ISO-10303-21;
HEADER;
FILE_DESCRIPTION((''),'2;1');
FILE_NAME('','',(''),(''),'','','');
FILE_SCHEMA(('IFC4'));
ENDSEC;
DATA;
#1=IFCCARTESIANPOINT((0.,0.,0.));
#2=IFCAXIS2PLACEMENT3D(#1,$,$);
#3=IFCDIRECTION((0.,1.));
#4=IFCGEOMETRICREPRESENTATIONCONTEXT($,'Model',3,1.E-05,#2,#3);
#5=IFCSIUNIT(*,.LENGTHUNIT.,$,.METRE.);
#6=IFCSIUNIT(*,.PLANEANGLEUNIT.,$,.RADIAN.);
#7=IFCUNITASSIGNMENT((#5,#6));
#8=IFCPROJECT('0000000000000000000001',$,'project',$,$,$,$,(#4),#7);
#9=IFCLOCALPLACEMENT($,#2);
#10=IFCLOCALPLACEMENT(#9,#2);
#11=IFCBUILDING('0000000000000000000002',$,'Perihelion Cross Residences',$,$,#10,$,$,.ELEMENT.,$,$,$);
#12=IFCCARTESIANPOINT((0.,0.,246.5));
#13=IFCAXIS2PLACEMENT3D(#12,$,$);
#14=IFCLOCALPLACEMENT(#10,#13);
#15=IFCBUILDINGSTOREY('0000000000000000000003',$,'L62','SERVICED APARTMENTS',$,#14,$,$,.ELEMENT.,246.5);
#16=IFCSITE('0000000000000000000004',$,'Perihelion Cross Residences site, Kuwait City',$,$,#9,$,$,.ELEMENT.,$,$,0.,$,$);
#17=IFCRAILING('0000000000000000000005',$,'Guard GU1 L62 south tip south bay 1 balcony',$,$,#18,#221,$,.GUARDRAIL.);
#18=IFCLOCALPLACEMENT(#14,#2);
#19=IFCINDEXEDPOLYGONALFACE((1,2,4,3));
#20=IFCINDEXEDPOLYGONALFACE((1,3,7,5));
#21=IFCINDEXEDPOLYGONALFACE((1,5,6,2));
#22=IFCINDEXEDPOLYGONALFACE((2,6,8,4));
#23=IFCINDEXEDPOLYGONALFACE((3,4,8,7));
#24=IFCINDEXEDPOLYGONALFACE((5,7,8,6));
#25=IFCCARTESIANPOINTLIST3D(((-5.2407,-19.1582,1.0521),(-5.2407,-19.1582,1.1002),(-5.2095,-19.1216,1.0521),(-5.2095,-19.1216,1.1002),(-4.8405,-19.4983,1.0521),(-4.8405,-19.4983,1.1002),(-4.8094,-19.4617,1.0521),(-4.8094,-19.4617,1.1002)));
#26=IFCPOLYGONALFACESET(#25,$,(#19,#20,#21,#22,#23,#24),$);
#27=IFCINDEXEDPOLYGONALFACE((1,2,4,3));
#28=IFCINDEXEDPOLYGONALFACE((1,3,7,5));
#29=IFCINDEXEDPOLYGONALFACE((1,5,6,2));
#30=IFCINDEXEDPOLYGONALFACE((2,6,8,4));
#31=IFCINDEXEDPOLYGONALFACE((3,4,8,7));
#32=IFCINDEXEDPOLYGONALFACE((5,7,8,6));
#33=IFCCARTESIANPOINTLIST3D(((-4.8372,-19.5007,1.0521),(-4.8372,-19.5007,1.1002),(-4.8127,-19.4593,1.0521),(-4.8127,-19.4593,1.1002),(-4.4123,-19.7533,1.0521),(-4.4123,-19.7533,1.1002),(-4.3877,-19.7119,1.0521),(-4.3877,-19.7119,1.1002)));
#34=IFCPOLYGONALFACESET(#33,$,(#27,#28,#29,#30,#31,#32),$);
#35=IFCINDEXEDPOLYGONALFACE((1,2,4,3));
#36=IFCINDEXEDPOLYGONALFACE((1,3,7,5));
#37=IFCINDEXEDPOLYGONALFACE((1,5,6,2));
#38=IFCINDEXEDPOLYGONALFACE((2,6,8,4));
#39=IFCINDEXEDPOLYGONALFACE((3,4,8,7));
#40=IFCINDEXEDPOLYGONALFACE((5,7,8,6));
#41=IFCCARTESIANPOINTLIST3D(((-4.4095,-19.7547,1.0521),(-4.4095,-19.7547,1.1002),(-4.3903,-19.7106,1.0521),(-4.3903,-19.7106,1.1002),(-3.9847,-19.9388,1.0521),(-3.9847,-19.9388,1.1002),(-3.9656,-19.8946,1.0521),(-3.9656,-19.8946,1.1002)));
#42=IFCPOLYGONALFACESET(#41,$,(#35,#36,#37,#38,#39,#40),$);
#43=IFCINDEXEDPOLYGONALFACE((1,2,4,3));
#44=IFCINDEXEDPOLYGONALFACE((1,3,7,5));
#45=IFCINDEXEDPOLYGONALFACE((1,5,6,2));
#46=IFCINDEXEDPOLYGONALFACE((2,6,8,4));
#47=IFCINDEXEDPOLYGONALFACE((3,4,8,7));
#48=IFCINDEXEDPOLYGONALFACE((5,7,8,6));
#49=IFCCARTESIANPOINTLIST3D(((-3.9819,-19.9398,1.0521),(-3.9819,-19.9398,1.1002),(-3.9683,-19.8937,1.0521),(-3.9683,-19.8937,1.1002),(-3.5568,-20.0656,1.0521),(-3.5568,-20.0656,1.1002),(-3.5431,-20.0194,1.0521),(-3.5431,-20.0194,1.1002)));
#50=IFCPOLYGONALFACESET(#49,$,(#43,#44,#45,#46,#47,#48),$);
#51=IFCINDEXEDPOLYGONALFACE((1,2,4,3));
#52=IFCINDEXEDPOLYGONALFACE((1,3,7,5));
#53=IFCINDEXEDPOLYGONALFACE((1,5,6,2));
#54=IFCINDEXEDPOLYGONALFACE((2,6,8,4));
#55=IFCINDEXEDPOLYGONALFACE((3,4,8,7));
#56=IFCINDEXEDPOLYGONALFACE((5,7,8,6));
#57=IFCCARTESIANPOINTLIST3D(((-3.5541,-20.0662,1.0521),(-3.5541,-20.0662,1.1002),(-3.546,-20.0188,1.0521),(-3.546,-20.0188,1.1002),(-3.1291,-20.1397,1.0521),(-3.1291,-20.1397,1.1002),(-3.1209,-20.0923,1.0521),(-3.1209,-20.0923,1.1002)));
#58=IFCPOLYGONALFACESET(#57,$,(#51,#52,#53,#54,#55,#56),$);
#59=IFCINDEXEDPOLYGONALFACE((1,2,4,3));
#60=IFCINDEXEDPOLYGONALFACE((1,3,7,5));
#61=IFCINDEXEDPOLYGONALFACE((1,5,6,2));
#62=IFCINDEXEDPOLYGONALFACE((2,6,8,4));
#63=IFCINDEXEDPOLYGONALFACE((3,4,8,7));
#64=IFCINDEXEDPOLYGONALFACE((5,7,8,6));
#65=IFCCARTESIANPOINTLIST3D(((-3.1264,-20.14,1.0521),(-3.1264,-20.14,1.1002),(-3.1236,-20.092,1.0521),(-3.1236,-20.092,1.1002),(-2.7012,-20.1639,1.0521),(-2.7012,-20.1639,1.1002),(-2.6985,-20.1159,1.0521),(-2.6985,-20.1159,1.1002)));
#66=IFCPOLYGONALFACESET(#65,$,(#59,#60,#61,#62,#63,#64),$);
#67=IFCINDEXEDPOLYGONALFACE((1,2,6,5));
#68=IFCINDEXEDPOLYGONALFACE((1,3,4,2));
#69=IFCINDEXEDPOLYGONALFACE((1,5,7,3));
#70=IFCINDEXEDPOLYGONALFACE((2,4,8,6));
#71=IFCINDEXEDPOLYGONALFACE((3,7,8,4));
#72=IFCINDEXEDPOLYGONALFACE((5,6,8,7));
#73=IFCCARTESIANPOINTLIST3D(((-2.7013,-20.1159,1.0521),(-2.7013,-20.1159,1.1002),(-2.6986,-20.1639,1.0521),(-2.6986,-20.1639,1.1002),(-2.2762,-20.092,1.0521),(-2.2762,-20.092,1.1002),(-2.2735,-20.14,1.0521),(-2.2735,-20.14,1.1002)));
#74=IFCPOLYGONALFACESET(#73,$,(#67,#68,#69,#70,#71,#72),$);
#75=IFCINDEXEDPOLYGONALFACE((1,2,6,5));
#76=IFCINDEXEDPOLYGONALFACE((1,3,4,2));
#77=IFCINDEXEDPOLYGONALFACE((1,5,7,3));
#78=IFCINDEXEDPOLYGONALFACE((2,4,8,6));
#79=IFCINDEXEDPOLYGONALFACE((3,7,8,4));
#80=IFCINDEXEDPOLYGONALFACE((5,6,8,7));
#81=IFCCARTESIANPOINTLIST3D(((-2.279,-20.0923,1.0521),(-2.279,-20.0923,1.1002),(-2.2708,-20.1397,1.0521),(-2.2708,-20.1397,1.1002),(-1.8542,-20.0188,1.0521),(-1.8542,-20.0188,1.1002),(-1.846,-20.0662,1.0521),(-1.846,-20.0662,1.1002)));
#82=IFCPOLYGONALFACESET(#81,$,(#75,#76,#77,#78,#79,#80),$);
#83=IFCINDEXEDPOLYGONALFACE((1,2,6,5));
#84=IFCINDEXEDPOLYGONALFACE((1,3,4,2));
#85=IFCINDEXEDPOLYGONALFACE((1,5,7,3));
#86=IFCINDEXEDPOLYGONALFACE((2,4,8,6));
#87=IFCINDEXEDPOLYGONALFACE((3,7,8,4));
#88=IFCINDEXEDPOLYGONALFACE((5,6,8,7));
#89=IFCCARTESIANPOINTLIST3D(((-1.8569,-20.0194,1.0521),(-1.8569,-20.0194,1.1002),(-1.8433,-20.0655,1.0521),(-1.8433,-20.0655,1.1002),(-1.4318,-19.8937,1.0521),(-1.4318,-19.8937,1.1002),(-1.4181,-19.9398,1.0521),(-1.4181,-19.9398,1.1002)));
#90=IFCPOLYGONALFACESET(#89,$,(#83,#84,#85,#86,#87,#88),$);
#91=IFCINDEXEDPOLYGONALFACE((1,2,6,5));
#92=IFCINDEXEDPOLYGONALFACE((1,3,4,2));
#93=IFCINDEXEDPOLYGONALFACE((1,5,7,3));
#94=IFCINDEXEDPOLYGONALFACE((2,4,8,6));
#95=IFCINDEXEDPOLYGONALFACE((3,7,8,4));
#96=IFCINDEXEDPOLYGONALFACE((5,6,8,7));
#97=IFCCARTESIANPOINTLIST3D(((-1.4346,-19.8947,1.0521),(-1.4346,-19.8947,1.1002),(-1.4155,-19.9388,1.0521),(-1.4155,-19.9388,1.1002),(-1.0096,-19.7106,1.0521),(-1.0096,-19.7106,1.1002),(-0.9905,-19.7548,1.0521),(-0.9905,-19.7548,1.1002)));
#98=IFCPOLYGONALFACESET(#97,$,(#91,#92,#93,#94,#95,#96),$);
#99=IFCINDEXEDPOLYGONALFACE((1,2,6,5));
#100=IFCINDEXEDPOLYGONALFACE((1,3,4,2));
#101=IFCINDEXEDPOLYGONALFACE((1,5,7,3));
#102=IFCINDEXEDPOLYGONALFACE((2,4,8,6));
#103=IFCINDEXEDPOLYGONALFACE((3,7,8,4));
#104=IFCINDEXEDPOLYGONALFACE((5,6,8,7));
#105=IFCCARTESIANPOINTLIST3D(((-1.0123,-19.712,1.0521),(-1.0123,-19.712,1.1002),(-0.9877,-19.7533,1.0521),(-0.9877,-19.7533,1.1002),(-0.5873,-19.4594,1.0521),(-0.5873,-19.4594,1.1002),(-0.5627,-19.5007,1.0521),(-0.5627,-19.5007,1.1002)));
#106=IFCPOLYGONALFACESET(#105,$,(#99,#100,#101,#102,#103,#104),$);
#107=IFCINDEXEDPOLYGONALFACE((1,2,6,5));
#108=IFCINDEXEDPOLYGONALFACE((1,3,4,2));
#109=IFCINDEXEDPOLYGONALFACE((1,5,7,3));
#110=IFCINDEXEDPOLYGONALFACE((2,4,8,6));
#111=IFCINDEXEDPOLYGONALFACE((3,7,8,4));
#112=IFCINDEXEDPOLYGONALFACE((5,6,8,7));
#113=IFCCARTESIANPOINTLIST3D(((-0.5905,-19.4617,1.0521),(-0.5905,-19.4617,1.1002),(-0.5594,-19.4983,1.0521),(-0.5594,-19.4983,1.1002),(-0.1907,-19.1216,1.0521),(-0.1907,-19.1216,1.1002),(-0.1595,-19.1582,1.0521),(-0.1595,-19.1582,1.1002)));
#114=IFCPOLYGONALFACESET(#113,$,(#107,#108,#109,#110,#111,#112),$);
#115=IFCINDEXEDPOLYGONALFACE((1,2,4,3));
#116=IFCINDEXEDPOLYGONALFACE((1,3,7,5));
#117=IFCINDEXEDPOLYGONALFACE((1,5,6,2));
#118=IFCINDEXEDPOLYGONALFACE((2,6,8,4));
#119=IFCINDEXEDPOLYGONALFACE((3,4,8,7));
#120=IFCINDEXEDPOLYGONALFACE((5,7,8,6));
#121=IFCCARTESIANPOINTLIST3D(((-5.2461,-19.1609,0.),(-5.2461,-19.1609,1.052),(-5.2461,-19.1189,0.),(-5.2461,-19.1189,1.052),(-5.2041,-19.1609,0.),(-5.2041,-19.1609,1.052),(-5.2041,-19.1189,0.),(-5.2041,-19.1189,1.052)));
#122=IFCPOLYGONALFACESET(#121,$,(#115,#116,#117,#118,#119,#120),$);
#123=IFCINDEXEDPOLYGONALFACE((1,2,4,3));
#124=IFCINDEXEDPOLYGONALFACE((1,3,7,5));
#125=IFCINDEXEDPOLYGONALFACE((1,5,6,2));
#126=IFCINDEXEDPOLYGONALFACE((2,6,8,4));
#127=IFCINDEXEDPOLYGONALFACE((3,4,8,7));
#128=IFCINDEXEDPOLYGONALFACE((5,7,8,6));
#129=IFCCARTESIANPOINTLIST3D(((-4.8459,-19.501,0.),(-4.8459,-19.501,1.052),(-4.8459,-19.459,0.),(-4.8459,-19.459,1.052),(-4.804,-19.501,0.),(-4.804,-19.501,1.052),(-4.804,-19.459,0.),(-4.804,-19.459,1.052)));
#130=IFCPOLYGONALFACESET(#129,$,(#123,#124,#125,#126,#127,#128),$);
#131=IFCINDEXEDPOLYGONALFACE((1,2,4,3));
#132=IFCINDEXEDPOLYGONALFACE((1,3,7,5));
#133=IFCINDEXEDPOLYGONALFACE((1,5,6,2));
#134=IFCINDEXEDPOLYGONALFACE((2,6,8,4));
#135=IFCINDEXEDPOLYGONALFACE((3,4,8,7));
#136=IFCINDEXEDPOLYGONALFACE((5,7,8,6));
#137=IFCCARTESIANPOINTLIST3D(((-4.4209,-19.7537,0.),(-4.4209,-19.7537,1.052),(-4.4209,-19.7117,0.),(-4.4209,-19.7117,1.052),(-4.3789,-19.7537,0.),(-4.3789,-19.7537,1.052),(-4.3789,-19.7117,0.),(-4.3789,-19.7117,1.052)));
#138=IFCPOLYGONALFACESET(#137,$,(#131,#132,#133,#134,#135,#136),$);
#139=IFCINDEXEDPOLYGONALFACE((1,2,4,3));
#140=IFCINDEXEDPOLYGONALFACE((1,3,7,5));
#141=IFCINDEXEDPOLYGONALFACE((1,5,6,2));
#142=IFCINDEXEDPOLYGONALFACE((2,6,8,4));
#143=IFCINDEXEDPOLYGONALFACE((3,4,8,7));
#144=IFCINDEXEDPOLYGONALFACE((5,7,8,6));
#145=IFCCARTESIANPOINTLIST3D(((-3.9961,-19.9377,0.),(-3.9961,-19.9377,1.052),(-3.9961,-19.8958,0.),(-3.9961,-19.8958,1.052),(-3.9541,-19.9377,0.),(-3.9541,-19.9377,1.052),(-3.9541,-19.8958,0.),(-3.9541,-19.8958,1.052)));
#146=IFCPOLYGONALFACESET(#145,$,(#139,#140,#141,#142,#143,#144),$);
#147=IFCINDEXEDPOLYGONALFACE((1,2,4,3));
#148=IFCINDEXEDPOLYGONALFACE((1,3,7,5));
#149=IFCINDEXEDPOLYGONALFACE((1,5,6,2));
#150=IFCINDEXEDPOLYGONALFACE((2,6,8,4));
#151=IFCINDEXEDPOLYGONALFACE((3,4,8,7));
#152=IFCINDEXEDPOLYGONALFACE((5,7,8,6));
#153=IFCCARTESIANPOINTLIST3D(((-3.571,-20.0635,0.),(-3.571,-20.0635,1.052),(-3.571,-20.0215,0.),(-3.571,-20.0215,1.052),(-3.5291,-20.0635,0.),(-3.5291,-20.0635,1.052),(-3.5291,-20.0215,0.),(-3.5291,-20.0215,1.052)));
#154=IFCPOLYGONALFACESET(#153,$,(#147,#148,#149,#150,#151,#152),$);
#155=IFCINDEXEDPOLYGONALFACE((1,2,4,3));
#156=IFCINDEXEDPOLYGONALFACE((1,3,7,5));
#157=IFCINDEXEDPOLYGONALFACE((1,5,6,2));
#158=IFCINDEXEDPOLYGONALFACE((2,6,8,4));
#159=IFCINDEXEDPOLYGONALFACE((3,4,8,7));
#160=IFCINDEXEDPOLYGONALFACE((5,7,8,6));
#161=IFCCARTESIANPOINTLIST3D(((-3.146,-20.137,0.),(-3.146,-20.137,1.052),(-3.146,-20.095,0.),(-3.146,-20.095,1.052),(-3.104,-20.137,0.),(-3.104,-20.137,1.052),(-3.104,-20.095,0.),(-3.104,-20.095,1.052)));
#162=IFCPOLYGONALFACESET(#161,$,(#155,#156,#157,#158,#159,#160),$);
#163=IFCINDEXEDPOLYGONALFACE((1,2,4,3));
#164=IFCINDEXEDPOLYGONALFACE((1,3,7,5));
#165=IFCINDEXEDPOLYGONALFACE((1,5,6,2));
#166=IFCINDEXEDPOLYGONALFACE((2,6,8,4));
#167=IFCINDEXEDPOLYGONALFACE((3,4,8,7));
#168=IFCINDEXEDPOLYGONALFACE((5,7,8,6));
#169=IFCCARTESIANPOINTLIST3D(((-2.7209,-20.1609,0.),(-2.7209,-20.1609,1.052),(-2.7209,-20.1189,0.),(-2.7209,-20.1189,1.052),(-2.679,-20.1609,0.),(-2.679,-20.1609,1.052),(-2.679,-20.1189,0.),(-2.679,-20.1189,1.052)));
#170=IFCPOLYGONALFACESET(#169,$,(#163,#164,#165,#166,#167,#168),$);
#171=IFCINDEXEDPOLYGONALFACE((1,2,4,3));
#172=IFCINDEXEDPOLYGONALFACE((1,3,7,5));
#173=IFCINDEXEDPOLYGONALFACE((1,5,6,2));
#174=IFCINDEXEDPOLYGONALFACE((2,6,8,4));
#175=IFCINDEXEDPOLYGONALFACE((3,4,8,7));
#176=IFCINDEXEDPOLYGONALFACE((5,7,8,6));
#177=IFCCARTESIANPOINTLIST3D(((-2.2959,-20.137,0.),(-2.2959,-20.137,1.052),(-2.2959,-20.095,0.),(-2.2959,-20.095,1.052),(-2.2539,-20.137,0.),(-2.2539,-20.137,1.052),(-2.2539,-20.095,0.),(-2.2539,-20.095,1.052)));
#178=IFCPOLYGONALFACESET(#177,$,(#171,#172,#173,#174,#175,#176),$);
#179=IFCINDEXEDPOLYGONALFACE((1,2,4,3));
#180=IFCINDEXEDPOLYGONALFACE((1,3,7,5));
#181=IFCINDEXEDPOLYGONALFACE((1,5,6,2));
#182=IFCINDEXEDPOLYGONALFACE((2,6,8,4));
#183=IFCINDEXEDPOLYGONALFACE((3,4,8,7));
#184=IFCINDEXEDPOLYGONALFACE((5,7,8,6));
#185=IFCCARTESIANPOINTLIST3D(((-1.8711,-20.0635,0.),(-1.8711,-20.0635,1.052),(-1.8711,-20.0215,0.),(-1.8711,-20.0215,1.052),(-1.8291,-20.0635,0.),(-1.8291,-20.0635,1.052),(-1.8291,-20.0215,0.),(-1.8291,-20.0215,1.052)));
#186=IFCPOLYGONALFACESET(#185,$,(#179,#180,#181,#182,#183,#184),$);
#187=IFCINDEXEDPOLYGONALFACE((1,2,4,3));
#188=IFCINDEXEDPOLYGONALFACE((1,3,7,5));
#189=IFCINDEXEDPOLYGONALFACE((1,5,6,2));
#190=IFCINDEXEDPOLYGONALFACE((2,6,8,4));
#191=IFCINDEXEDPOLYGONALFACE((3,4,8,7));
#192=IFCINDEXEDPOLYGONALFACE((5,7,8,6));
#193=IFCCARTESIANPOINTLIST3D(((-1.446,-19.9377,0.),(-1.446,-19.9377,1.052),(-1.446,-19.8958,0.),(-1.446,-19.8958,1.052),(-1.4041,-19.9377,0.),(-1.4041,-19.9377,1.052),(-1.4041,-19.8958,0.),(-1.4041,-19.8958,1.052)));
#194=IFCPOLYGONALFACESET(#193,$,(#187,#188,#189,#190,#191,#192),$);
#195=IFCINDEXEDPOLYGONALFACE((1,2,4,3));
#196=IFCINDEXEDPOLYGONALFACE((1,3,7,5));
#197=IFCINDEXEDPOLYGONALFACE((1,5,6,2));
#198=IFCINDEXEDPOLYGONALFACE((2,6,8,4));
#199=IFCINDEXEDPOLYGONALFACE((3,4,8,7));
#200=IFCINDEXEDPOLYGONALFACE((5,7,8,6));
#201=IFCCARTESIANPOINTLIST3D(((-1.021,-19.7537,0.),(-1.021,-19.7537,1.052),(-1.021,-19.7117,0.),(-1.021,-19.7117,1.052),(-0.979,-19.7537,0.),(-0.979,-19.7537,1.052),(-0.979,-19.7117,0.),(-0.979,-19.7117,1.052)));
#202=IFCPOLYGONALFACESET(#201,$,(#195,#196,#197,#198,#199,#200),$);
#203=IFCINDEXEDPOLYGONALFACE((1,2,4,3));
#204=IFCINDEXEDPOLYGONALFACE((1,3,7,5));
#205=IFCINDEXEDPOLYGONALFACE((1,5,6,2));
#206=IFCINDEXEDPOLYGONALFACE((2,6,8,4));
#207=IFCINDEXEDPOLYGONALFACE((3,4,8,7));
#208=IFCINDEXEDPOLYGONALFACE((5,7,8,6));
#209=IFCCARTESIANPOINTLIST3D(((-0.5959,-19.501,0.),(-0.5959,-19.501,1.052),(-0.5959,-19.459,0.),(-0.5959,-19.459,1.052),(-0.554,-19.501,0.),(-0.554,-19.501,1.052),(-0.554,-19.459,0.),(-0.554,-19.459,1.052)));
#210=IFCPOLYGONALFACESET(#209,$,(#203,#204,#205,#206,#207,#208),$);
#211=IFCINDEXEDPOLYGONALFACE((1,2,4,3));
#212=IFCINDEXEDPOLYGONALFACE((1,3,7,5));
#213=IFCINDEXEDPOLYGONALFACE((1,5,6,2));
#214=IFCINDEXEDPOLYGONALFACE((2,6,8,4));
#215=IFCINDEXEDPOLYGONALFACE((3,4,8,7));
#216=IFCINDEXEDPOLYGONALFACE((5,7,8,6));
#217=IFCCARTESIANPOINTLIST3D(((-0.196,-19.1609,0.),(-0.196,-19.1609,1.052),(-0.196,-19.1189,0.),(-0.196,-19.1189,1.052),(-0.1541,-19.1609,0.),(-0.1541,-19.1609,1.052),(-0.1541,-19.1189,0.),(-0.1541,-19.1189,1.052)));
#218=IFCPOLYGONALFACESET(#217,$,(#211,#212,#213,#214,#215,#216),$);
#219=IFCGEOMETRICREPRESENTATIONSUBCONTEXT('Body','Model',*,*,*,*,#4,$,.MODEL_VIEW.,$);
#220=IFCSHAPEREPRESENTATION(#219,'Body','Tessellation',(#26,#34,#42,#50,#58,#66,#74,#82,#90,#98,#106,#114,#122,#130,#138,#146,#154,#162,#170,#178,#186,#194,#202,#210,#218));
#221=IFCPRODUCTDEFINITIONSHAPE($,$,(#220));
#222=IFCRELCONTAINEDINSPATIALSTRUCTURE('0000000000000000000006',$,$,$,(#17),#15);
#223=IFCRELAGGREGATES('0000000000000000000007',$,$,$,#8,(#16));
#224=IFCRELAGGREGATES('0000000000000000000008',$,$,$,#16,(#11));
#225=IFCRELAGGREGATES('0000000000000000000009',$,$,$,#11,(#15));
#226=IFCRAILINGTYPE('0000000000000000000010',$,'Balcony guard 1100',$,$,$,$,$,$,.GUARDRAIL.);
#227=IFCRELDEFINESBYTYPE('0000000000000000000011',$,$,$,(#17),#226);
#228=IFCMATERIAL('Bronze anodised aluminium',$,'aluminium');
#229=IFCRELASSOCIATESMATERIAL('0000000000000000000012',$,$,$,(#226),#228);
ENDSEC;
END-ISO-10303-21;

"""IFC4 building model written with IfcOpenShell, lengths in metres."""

from ifc_helpers import new_model, si_unit, direction, frame, origin, origin_2d, place, context, subcontext, project, spatial, rectangle, extrude, material, type_object, element, save


model = new_model("IFC4")

# Units and contexts
model_context = context("Model", 3, precision=1e-05, world=origin(), true_north=direction((0.0, 1.0)))
body_context = subcontext(model_context, "Body", "Model", "MODEL_VIEW")
ifc_project = project(units=[si_unit("LENGTHUNIT", "METRE"), si_unit("PLANEANGLEUNIT", "RADIAN")], contexts=[model_context])

# Site, building, storey
site_placement = place(None, origin())
site = spatial("IfcSite", under=ifc_project, at=site_placement, Name="Perihelion Cross Residences site, Kuwait City", CompositionType="ELEMENT", RefElevation=0.0)
building_placement = place(site_placement, origin())
building = spatial("IfcBuilding", under=site, at=building_placement, Name="Perihelion Cross Residences", CompositionType="ELEMENT")
storey_placement = place(building_placement, frame((0.0, 0.0, 246.5)))
storey = spatial("IfcBuildingStorey", under=building, at=storey_placement, Name="L62", Description="SERVICED APARTMENTS", CompositionType="ELEMENT", Elevation=246.5)

# Railing
ifc_material_1 = material(Name="Bronze anodised aluminium", Category="aluminium")
railing_type = type_object("IfcRailingType", Name="Balcony guard 1100", PredefinedType="GUARDRAIL", material=ifc_material_1)
railing_1_placement = place(storey_placement, frame((-5.2251, -19.1399, 0.0)))
element("IfcRailing", 1, at=railing_1_placement, inside=storey, type_object=railing_type, Name="Guard GU1 L62 south tip south bay 1 balcony", PredefinedType="GUARDRAIL", context=body_context, shape_type="SweptSolid", body=[
    extrude(rectangle(XDim=0.0481, YDim=0.0481, at=origin_2d()), frame((0.0, 0.0, 1.0762), z_axis=(0.761974, -0.647608, 0.0), x_axis=(0.647608, 0.761974, 0.0)), (0.0, 0.0, 1.0), 0.5251),
    extrude(rectangle(XDim=0.0481, YDim=0.0481, at=origin_2d()), frame((0.4001, -0.3401, 1.0762), z_axis=(0.859577, -0.511006, 0.0), x_axis=(0.511006, 0.859577, 0.0)), (0.0, 0.0, 1.0), 0.4944),
    extrude(rectangle(XDim=0.0481, YDim=0.0481, at=origin_2d()), frame((0.8252, -0.5928, 1.0762), z_axis=(0.917556, -0.397607, 0.0), x_axis=(0.397607, 0.917556, 0.0)), (0.0, 0.0, 1.0), 0.4629),
    extrude(rectangle(XDim=0.0481, YDim=0.0481, at=origin_2d()), frame((1.25, -0.7769, 1.0762), z_axis=(0.958926, -0.283657, 0.0), x_axis=(0.283657, 0.958926, 0.0)), (0.0, 0.0, 1.0), 0.4434),
    extrude(rectangle(XDim=0.0481, YDim=0.0481, at=origin_2d()), frame((1.675, -0.9026, 1.0762), z_axis=(0.985382, -0.170362, 0.0), x_axis=(0.170362, 0.985382, 0.0)), (0.0, 0.0, 1.0), 0.4314),
    extrude(rectangle(XDim=0.0481, YDim=0.0481, at=origin_2d()), frame((2.1001, -0.9761, 1.0762), z_axis=(0.99842, -0.056201, 0.0), x_axis=(0.056201, 0.99842, 0.0)), (0.0, 0.0, 1.0), 0.4258),
    extrude(rectangle(XDim=0.0481, YDim=0.0481, at=origin_2d()), frame((2.5251, -1.0, 1.0762), z_axis=(0.99842, 0.056201, 0.0), x_axis=(-0.056201, 0.99842, 0.0)), (0.0, 0.0, 1.0), 0.4258),
    extrude(rectangle(XDim=0.0481, YDim=0.0481, at=origin_2d()), frame((2.9502, -0.9761, 1.0762), z_axis=(0.985365, 0.170457, 0.0), x_axis=(-0.170457, 0.985365, 0.0)), (0.0, 0.0, 1.0), 0.4312),
    extrude(rectangle(XDim=0.0481, YDim=0.0481, at=origin_2d()), frame((3.375, -0.9026, 1.0762), z_axis=(0.958926, 0.283657, 0.0), x_axis=(-0.283657, 0.958926, 0.0)), (0.0, 0.0, 1.0), 0.4434),
    extrude(rectangle(XDim=0.0481, YDim=0.0481, at=origin_2d()), frame((3.8, -0.7769, 1.0762), z_axis=(0.917639, 0.397415, 0.0), x_axis=(-0.397415, 0.917639, 0.0)), (0.0, 0.0, 1.0), 0.4631),
    extrude(rectangle(XDim=0.0481, YDim=0.0481, at=origin_2d()), frame((4.2251, -0.5928, 1.0762), z_axis=(0.859577, 0.511006, 0.0), x_axis=(-0.511006, 0.859577, 0.0)), (0.0, 0.0, 1.0), 0.4944),
    extrude(rectangle(XDim=0.0481, YDim=0.0481, at=origin_2d()), frame((4.6501, -0.3401, 1.0762), z_axis=(0.761779, 0.647837, 0.0), x_axis=(-0.647837, 0.761779, 0.0)), (0.0, 0.0, 1.0), 0.5249),
    extrude(rectangle(XDim=0.042, YDim=0.042, at=origin_2d()), origin(), (0.0, 0.0, 1.0), 1.052),
    extrude(rectangle(XDim=0.042, YDim=0.042, at=origin_2d()), frame((0.4001, -0.3401, 0.0)), (0.0, 0.0, 1.0), 1.052),
    extrude(rectangle(XDim=0.042, YDim=0.042, at=origin_2d()), frame((0.8252, -0.5928, 0.0)), (0.0, 0.0, 1.0), 1.052),
    extrude(rectangle(XDim=0.042, YDim=0.042, at=origin_2d()), frame((1.25, -0.7769, 0.0)), (0.0, 0.0, 1.0), 1.052),
    extrude(rectangle(XDim=0.042, YDim=0.042, at=origin_2d()), frame((1.675, -0.9026, 0.0)), (0.0, 0.0, 1.0), 1.052),
    extrude(rectangle(XDim=0.042, YDim=0.042, at=origin_2d()), frame((2.1001, -0.9761, 0.0)), (0.0, 0.0, 1.0), 1.052),
    extrude(rectangle(XDim=0.042, YDim=0.042, at=origin_2d()), frame((2.5251, -1.0, 0.0)), (0.0, 0.0, 1.0), 1.052),
    extrude(rectangle(XDim=0.042, YDim=0.042, at=origin_2d()), frame((2.9502, -0.9761, 0.0)), (0.0, 0.0, 1.0), 1.052),
    extrude(rectangle(XDim=0.042, YDim=0.042, at=origin_2d()), frame((3.375, -0.9026, 0.0)), (0.0, 0.0, 1.0), 1.052),
    extrude(rectangle(XDim=0.042, YDim=0.042, at=origin_2d()), frame((3.8, -0.7769, 0.0)), (0.0, 0.0, 1.0), 1.052),
    extrude(rectangle(XDim=0.042, YDim=0.042, at=origin_2d()), frame((4.2251, -0.5928, 0.0)), (0.0, 0.0, 1.0), 1.052),
    extrude(rectangle(XDim=0.042, YDim=0.042, at=origin_2d()), frame((4.6501, -0.3401, 0.0)), (0.0, 0.0, 1.0), 1.052),
    extrude(rectangle(XDim=0.042, YDim=0.042, at=origin_2d()), frame((5.05, 0.0, 0.0)), (0.0, 0.0, 1.0), 1.052),
])

save(model, "model.ifc")
